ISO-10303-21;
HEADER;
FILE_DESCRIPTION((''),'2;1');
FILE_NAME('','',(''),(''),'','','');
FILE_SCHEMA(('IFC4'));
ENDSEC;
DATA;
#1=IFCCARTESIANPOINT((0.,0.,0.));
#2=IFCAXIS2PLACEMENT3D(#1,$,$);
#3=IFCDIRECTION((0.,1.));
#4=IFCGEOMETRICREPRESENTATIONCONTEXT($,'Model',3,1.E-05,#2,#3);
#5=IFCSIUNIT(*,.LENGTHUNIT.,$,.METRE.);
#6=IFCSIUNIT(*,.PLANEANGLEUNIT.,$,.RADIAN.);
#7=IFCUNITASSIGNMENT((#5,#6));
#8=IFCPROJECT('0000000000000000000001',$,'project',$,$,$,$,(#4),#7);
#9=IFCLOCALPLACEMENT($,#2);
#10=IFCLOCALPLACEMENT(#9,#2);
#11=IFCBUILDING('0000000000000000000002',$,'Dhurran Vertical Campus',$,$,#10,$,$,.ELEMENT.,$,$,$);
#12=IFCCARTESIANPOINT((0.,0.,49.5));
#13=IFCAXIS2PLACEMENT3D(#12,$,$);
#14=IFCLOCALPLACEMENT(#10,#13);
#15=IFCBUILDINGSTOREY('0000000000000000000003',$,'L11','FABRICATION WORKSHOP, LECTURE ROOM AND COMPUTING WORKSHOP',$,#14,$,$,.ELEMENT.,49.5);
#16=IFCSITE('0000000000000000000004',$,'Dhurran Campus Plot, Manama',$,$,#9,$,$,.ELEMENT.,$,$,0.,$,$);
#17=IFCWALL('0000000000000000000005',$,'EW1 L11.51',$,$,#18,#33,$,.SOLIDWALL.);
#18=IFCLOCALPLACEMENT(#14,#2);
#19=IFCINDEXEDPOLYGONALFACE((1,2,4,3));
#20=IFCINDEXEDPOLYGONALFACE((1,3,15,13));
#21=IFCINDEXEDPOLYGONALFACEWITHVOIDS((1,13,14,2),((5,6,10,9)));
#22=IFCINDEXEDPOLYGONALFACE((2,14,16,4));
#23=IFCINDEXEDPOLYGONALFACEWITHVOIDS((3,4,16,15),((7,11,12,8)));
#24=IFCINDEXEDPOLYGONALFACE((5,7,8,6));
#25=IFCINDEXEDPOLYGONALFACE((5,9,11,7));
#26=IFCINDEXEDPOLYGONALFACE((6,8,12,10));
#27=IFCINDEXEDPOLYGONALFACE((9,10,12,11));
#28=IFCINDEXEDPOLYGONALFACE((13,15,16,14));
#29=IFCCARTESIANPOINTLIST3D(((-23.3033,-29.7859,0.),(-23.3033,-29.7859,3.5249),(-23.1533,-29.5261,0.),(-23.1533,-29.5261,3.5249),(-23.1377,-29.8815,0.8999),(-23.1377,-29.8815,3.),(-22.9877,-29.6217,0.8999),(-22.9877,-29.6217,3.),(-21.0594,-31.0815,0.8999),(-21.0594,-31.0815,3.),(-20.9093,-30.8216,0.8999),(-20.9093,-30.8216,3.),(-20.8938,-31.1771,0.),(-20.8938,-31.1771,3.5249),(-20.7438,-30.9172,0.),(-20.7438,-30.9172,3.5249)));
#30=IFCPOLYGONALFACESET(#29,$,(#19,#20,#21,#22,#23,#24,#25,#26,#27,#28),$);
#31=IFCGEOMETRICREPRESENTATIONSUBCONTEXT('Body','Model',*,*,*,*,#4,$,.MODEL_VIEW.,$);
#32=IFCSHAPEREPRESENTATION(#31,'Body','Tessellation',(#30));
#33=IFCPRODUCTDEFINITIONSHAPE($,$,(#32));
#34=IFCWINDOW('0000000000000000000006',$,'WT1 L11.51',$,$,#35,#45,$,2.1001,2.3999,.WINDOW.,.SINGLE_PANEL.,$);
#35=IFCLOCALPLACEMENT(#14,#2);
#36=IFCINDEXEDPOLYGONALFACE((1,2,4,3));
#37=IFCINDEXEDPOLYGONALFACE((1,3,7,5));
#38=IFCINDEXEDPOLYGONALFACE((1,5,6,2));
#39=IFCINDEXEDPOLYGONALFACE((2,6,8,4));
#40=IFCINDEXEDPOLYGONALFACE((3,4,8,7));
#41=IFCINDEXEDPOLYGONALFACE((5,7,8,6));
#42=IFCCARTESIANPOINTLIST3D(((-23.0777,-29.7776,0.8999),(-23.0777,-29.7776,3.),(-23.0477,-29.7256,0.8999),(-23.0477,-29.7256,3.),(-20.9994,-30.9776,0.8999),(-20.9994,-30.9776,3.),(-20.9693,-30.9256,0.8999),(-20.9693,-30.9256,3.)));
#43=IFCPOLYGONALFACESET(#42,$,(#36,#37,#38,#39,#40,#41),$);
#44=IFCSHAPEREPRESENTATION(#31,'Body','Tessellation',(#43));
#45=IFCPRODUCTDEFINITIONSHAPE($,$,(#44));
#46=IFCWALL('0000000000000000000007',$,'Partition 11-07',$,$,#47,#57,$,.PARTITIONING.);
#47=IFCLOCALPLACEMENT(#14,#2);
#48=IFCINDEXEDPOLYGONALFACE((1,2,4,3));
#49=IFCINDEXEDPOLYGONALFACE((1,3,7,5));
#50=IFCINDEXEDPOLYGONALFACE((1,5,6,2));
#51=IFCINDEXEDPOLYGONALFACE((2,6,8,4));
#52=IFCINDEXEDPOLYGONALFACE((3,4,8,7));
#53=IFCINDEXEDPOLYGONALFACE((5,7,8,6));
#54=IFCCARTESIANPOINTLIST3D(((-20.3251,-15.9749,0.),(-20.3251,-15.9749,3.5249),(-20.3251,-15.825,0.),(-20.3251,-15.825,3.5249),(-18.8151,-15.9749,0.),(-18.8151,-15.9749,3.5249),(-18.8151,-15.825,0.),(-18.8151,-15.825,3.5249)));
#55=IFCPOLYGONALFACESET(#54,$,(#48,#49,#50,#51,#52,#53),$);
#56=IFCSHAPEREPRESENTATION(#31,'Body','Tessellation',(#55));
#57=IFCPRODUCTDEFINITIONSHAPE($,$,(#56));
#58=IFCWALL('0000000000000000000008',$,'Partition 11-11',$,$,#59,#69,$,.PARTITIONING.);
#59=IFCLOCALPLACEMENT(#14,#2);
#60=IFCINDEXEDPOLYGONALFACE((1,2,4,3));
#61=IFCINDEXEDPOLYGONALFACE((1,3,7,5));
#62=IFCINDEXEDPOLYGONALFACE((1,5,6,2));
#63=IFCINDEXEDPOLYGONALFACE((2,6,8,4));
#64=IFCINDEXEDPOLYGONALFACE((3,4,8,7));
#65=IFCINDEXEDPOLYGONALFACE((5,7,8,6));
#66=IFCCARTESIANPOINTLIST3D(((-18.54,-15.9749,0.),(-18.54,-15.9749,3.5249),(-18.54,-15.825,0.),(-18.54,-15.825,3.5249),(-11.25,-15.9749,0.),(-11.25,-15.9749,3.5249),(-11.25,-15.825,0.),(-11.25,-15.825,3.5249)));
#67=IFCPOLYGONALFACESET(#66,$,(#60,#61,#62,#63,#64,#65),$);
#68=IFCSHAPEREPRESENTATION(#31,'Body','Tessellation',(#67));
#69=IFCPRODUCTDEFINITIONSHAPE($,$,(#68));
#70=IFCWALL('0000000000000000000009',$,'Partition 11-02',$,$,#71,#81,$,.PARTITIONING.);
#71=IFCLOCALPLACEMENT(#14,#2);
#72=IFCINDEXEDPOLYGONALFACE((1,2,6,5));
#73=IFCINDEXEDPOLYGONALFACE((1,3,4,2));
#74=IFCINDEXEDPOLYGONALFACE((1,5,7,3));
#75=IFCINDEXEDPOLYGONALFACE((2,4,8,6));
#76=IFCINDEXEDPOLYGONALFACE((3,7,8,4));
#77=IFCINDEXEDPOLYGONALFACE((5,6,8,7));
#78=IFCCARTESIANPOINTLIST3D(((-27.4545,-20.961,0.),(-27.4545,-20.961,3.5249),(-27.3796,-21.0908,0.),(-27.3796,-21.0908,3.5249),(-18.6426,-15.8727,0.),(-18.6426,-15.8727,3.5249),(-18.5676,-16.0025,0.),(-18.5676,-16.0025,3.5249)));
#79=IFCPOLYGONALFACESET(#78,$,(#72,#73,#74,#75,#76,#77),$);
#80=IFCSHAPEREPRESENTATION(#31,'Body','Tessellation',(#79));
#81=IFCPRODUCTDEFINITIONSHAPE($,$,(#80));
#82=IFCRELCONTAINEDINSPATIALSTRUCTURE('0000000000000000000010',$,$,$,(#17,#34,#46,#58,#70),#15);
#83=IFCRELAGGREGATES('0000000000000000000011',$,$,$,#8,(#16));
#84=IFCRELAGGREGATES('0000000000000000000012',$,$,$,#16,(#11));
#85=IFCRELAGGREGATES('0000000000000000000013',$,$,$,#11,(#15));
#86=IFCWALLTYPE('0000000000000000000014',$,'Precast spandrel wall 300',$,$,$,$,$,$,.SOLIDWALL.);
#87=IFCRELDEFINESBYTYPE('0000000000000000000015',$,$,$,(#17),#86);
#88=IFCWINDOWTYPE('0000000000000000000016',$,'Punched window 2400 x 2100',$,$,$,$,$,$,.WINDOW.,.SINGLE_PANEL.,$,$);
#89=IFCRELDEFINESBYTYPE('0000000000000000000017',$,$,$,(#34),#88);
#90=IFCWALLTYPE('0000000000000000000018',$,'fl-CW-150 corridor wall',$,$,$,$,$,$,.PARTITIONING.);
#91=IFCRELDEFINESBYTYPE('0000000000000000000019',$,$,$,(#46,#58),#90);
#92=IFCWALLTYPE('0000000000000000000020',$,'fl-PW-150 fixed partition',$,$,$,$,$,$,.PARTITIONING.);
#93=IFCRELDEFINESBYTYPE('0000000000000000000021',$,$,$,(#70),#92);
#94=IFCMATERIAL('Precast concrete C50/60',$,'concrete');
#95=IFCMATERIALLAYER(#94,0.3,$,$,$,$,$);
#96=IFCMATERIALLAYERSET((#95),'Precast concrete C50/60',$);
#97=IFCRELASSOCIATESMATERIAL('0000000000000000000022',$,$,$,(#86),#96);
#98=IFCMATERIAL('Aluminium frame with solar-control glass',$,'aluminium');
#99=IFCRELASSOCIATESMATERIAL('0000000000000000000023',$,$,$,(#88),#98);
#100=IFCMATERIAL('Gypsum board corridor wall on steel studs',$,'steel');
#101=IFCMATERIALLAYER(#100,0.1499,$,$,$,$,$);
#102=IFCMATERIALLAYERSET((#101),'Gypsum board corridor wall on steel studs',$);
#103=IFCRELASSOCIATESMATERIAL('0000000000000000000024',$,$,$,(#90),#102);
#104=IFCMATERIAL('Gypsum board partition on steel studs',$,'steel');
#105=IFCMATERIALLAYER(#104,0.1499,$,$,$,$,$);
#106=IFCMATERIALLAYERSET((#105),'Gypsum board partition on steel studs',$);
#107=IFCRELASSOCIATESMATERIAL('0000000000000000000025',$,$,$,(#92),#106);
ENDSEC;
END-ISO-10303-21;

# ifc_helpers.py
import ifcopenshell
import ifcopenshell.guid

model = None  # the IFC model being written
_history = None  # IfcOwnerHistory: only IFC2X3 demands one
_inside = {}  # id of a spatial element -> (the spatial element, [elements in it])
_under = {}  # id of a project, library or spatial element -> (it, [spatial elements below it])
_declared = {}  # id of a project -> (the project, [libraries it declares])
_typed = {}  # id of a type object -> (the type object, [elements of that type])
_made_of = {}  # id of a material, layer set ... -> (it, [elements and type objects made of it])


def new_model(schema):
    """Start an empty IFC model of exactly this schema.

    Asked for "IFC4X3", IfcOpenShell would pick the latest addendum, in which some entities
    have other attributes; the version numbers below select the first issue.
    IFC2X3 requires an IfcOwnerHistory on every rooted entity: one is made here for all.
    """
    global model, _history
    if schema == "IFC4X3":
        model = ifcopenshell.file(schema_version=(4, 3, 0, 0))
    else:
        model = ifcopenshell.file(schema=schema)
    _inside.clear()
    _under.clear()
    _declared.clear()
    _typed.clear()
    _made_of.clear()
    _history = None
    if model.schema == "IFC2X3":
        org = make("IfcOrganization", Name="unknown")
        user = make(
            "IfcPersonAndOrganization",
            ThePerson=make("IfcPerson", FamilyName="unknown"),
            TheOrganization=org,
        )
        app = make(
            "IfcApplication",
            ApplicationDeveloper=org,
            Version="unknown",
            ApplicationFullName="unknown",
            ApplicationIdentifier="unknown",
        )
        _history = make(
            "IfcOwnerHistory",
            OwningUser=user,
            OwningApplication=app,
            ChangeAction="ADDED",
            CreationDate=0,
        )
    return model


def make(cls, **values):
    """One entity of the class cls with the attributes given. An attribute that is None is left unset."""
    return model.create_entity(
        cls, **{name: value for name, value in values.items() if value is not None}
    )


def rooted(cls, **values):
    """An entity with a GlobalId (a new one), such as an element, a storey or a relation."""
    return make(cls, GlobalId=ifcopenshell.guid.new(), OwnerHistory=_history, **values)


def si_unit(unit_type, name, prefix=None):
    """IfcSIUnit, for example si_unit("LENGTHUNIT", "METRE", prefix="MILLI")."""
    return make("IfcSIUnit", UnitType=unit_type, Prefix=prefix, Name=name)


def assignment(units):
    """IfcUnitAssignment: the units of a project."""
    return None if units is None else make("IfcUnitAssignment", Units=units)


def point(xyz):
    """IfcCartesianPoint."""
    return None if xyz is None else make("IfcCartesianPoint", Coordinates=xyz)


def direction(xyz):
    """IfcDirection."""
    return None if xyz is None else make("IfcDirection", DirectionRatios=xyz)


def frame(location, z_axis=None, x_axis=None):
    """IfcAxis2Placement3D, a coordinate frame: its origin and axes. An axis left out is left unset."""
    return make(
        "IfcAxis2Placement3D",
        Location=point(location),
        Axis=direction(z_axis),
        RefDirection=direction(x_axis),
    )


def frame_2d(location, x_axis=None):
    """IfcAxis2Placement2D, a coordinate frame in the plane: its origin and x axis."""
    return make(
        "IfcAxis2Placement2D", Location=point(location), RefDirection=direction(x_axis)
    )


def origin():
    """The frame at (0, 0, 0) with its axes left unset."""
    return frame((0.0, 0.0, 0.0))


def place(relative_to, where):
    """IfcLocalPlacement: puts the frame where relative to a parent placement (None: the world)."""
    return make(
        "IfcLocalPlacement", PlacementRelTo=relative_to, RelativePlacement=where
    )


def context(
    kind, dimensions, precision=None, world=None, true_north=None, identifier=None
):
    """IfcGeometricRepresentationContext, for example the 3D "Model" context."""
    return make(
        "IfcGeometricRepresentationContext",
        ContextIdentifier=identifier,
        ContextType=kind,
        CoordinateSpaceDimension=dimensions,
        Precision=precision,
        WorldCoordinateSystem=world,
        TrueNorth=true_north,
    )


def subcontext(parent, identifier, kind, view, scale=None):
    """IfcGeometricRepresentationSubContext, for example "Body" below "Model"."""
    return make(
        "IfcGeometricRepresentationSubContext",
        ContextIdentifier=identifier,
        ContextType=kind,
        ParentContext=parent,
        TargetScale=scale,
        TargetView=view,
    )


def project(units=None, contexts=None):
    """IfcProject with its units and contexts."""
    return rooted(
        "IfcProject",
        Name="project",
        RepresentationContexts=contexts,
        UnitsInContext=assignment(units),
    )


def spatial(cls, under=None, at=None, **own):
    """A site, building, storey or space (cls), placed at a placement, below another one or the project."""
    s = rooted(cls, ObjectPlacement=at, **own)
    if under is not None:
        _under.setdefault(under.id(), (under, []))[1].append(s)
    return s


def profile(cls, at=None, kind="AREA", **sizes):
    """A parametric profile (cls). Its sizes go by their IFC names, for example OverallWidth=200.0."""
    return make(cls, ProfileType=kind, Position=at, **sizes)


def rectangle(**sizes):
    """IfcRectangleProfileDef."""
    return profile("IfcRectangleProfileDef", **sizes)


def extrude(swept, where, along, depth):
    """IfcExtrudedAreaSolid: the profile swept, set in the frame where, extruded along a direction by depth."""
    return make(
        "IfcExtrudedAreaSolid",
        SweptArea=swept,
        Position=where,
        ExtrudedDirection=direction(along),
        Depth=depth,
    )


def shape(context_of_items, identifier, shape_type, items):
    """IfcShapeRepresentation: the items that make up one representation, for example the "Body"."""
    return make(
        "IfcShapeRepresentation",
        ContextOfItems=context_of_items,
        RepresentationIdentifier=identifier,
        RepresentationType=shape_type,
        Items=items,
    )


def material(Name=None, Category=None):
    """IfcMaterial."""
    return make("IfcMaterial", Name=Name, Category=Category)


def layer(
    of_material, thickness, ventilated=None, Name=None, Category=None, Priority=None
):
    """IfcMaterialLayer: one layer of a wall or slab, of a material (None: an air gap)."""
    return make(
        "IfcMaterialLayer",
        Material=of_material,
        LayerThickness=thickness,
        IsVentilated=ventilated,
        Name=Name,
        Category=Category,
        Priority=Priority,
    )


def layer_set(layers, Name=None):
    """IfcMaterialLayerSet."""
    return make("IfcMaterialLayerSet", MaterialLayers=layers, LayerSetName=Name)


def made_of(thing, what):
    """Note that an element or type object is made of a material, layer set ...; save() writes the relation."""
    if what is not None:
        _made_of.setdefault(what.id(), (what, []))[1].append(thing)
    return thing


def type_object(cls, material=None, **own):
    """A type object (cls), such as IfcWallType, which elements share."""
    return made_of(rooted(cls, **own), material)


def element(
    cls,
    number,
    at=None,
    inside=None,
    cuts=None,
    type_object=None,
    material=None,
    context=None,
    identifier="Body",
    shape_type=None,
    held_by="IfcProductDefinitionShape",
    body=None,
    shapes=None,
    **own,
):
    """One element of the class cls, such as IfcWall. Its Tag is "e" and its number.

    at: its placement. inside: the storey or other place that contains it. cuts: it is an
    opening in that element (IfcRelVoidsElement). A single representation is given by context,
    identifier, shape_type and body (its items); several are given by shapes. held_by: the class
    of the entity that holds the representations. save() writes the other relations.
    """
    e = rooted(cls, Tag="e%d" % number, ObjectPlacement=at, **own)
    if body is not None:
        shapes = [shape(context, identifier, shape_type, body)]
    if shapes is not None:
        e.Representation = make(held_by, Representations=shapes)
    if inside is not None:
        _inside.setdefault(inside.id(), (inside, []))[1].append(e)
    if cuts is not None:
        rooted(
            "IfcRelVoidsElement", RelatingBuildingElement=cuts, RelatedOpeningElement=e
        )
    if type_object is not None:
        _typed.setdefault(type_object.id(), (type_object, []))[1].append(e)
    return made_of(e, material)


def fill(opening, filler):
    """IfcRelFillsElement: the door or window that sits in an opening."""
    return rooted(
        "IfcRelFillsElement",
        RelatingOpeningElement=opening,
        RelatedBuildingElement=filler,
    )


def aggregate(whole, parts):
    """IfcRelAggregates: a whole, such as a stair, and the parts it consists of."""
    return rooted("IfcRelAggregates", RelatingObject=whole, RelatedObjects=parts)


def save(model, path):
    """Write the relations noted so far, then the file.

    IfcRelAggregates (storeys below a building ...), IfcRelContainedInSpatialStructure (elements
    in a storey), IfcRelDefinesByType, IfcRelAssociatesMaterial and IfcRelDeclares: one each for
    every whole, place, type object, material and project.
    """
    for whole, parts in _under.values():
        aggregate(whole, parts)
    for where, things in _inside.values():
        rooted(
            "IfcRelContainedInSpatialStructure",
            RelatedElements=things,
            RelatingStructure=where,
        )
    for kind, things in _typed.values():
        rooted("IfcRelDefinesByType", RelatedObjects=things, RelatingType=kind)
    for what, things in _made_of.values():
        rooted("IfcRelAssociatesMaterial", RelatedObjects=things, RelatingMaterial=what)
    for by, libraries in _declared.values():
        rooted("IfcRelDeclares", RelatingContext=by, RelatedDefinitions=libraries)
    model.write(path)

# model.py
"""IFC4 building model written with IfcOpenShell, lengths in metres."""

from ifc_helpers import new_model, si_unit, direction, frame, frame_2d, origin, place, context, subcontext, project, spatial, rectangle, extrude, material, layer, layer_set, type_object, element, fill, save


model = new_model("IFC4")

# Units and contexts
model_context = context("Model", 3, precision=1e-05, world=origin(), true_north=direction((0.0, 1.0)))
body_context = subcontext(model_context, "Body", "Model", "MODEL_VIEW")
ifc_project = project(units=[si_unit("LENGTHUNIT", "METRE"), si_unit("PLANEANGLEUNIT", "RADIAN")], contexts=[model_context])

# Site, building, storey
site_placement = place(None, origin())
site = spatial("IfcSite", under=ifc_project, at=site_placement, Name="Dhurran Campus Plot, Manama", CompositionType="ELEMENT", RefElevation=0.0)
building_placement = place(site_placement, origin())
building = spatial("IfcBuilding", under=site, at=building_placement, Name="Dhurran Vertical Campus", CompositionType="ELEMENT")
storey_placement = place(building_placement, frame((0.0, 0.0, 49.5)))
storey = spatial("IfcBuildingStorey", under=building, at=storey_placement, Name="L11", Description="FABRICATION WORKSHOP, LECTURE ROOM AND COMPUTING WORKSHOP", CompositionType="ELEMENT", Elevation=49.5)

# Wall, opening, window
ifc_material_1 = material(Name="Precast concrete C50/60", Category="concrete")
ifc_layer_1 = layer(ifc_material_1, 0.3)
ifc_layer_set_1 = layer_set([ifc_layer_1], Name="Precast concrete C50/60")
wall_type_1 = type_object("IfcWallType", Name="Precast spandrel wall 300", PredefinedType="SOLIDWALL", material=ifc_layer_set_1)
ifc_material_2 = material(Name="Aluminium frame with solar-control glass", Category="aluminium")
window_type = type_object("IfcWindowType", Name="Punched window 2400 x 2100", PartitioningType="SINGLE_PANEL", PredefinedType="WINDOW", material=ifc_material_2)
wall_1_placement = place(storey_placement, frame((-23.2283, -29.656, 0.0), z_axis=(0.0, 0.0, 1.0), x_axis=(0.86602, -0.500009, 0.0)))
wall_1 = element("IfcWall", 1, at=wall_1_placement, inside=storey, type_object=wall_type_1, Name="EW1 L11.51", PredefinedType="SOLIDWALL", context=body_context, shape_type="SweptSolid", body=[
    extrude(rectangle(XDim=2.7822, YDim=0.3, at=frame_2d((1.3911, 0.0))), origin(), (0.0, 0.0, 1.0), 3.5249),
])
opening_1_placement = place(wall_1_placement, frame((0.1912, 0.0, 0.8999)))
opening_1 = element("IfcOpeningElement", 2, at=opening_1_placement, cuts=wall_1, PredefinedType="OPENING", context=body_context, shape_type="SweptSolid", body=[
    extrude(rectangle(XDim=2.3999, YDim=2.1001, at=frame_2d((1.2, 1.05))), frame((0.0, 0.1599, 0.0), z_axis=(0.0, -1.0, 0.0), x_axis=(1.0, 0.0, 0.0)), (0.0, 0.0, 1.0), 0.3201),
])
window_1_placement = place(opening_1_placement, origin())
window_1 = element("IfcWindow", 3, at=window_1_placement, inside=storey, type_object=window_type, Name="WT1 L11.51", OverallHeight=2.1001, OverallWidth=2.3999, PartitioningType="SINGLE_PANEL", PredefinedType="WINDOW", context=body_context, shape_type="SweptSolid", body=[
    extrude(rectangle(XDim=2.3999, YDim=2.1001, at=frame_2d((1.2, 1.05))), frame((0.0, 0.03, 0.0), z_axis=(0.0, -1.0, 0.0), x_axis=(1.0, 0.0, 0.0)), (0.0, 0.0, 1.0), 0.0601),
])
fill(opening_1, window_1)

# Walls
ifc_material_3 = material(Name="Gypsum board corridor wall on steel studs", Category="steel")
ifc_layer_2 = layer(ifc_material_3, 0.1499)
ifc_layer_set_2 = layer_set([ifc_layer_2], Name="Gypsum board corridor wall on steel studs")
wall_type_2 = type_object("IfcWallType", Name="fl-CW-150 corridor wall", PredefinedType="PARTITIONING", material=ifc_layer_set_2)
wall_2_placement = place(storey_placement, frame((-20.325, -15.8999, 0.0), z_axis=(0.0, 0.0, 1.0), x_axis=(1.0, 0.0, 0.0)))
element("IfcWall", 4, at=wall_2_placement, inside=storey, type_object=wall_type_2, Name="Partition 11-07", PredefinedType="PARTITIONING", context=body_context, shape_type="SweptSolid", body=[
    extrude(rectangle(XDim=1.51, YDim=0.1499, at=frame_2d((0.7549, 0.0))), origin(), (0.0, 0.0, 1.0), 3.5249),
])
wall_3_placement = place(storey_placement, frame((-18.54, -15.8999, 0.0), z_axis=(0.0, 0.0, 1.0), x_axis=(1.0, 0.0, 0.0)))
element("IfcWall", 5, at=wall_3_placement, inside=storey, type_object=wall_type_2, Name="Partition 11-11", PredefinedType="PARTITIONING", context=body_context, shape_type="SweptSolid", body=[
    extrude(rectangle(XDim=7.29, YDim=0.1499, at=frame_2d((3.645, 0.0))), origin(), (0.0, 0.0, 1.0), 3.5249),
])
ifc_material_4 = material(Name="Gypsum board partition on steel studs", Category="steel")
ifc_layer_3 = layer(ifc_material_4, 0.1499)
ifc_layer_set_3 = layer_set([ifc_layer_3], Name="Gypsum board partition on steel studs")
wall_type_3 = type_object("IfcWallType", Name="fl-PW-150 fixed partition", PredefinedType="PARTITIONING", material=ifc_layer_set_3)
wall_4_placement = place(storey_placement, frame((-18.605, -15.9375, 0.0), z_axis=(0.0, 0.0, 1.0), x_axis=(-0.865993, -0.500056, 0.0)))
element("IfcWall", 6, at=wall_4_placement, inside=storey, type_object=wall_type_3, Name="Partition 11-02", PredefinedType="PARTITIONING", context=body_context, shape_type="SweptSolid", body=[
    extrude(rectangle(XDim=10.1755, YDim=0.1499, at=frame_2d((5.0879, 0.0))), origin(), (0.0, 0.0, 1.0), 3.5249),
])

save(model, "model.ifc")
